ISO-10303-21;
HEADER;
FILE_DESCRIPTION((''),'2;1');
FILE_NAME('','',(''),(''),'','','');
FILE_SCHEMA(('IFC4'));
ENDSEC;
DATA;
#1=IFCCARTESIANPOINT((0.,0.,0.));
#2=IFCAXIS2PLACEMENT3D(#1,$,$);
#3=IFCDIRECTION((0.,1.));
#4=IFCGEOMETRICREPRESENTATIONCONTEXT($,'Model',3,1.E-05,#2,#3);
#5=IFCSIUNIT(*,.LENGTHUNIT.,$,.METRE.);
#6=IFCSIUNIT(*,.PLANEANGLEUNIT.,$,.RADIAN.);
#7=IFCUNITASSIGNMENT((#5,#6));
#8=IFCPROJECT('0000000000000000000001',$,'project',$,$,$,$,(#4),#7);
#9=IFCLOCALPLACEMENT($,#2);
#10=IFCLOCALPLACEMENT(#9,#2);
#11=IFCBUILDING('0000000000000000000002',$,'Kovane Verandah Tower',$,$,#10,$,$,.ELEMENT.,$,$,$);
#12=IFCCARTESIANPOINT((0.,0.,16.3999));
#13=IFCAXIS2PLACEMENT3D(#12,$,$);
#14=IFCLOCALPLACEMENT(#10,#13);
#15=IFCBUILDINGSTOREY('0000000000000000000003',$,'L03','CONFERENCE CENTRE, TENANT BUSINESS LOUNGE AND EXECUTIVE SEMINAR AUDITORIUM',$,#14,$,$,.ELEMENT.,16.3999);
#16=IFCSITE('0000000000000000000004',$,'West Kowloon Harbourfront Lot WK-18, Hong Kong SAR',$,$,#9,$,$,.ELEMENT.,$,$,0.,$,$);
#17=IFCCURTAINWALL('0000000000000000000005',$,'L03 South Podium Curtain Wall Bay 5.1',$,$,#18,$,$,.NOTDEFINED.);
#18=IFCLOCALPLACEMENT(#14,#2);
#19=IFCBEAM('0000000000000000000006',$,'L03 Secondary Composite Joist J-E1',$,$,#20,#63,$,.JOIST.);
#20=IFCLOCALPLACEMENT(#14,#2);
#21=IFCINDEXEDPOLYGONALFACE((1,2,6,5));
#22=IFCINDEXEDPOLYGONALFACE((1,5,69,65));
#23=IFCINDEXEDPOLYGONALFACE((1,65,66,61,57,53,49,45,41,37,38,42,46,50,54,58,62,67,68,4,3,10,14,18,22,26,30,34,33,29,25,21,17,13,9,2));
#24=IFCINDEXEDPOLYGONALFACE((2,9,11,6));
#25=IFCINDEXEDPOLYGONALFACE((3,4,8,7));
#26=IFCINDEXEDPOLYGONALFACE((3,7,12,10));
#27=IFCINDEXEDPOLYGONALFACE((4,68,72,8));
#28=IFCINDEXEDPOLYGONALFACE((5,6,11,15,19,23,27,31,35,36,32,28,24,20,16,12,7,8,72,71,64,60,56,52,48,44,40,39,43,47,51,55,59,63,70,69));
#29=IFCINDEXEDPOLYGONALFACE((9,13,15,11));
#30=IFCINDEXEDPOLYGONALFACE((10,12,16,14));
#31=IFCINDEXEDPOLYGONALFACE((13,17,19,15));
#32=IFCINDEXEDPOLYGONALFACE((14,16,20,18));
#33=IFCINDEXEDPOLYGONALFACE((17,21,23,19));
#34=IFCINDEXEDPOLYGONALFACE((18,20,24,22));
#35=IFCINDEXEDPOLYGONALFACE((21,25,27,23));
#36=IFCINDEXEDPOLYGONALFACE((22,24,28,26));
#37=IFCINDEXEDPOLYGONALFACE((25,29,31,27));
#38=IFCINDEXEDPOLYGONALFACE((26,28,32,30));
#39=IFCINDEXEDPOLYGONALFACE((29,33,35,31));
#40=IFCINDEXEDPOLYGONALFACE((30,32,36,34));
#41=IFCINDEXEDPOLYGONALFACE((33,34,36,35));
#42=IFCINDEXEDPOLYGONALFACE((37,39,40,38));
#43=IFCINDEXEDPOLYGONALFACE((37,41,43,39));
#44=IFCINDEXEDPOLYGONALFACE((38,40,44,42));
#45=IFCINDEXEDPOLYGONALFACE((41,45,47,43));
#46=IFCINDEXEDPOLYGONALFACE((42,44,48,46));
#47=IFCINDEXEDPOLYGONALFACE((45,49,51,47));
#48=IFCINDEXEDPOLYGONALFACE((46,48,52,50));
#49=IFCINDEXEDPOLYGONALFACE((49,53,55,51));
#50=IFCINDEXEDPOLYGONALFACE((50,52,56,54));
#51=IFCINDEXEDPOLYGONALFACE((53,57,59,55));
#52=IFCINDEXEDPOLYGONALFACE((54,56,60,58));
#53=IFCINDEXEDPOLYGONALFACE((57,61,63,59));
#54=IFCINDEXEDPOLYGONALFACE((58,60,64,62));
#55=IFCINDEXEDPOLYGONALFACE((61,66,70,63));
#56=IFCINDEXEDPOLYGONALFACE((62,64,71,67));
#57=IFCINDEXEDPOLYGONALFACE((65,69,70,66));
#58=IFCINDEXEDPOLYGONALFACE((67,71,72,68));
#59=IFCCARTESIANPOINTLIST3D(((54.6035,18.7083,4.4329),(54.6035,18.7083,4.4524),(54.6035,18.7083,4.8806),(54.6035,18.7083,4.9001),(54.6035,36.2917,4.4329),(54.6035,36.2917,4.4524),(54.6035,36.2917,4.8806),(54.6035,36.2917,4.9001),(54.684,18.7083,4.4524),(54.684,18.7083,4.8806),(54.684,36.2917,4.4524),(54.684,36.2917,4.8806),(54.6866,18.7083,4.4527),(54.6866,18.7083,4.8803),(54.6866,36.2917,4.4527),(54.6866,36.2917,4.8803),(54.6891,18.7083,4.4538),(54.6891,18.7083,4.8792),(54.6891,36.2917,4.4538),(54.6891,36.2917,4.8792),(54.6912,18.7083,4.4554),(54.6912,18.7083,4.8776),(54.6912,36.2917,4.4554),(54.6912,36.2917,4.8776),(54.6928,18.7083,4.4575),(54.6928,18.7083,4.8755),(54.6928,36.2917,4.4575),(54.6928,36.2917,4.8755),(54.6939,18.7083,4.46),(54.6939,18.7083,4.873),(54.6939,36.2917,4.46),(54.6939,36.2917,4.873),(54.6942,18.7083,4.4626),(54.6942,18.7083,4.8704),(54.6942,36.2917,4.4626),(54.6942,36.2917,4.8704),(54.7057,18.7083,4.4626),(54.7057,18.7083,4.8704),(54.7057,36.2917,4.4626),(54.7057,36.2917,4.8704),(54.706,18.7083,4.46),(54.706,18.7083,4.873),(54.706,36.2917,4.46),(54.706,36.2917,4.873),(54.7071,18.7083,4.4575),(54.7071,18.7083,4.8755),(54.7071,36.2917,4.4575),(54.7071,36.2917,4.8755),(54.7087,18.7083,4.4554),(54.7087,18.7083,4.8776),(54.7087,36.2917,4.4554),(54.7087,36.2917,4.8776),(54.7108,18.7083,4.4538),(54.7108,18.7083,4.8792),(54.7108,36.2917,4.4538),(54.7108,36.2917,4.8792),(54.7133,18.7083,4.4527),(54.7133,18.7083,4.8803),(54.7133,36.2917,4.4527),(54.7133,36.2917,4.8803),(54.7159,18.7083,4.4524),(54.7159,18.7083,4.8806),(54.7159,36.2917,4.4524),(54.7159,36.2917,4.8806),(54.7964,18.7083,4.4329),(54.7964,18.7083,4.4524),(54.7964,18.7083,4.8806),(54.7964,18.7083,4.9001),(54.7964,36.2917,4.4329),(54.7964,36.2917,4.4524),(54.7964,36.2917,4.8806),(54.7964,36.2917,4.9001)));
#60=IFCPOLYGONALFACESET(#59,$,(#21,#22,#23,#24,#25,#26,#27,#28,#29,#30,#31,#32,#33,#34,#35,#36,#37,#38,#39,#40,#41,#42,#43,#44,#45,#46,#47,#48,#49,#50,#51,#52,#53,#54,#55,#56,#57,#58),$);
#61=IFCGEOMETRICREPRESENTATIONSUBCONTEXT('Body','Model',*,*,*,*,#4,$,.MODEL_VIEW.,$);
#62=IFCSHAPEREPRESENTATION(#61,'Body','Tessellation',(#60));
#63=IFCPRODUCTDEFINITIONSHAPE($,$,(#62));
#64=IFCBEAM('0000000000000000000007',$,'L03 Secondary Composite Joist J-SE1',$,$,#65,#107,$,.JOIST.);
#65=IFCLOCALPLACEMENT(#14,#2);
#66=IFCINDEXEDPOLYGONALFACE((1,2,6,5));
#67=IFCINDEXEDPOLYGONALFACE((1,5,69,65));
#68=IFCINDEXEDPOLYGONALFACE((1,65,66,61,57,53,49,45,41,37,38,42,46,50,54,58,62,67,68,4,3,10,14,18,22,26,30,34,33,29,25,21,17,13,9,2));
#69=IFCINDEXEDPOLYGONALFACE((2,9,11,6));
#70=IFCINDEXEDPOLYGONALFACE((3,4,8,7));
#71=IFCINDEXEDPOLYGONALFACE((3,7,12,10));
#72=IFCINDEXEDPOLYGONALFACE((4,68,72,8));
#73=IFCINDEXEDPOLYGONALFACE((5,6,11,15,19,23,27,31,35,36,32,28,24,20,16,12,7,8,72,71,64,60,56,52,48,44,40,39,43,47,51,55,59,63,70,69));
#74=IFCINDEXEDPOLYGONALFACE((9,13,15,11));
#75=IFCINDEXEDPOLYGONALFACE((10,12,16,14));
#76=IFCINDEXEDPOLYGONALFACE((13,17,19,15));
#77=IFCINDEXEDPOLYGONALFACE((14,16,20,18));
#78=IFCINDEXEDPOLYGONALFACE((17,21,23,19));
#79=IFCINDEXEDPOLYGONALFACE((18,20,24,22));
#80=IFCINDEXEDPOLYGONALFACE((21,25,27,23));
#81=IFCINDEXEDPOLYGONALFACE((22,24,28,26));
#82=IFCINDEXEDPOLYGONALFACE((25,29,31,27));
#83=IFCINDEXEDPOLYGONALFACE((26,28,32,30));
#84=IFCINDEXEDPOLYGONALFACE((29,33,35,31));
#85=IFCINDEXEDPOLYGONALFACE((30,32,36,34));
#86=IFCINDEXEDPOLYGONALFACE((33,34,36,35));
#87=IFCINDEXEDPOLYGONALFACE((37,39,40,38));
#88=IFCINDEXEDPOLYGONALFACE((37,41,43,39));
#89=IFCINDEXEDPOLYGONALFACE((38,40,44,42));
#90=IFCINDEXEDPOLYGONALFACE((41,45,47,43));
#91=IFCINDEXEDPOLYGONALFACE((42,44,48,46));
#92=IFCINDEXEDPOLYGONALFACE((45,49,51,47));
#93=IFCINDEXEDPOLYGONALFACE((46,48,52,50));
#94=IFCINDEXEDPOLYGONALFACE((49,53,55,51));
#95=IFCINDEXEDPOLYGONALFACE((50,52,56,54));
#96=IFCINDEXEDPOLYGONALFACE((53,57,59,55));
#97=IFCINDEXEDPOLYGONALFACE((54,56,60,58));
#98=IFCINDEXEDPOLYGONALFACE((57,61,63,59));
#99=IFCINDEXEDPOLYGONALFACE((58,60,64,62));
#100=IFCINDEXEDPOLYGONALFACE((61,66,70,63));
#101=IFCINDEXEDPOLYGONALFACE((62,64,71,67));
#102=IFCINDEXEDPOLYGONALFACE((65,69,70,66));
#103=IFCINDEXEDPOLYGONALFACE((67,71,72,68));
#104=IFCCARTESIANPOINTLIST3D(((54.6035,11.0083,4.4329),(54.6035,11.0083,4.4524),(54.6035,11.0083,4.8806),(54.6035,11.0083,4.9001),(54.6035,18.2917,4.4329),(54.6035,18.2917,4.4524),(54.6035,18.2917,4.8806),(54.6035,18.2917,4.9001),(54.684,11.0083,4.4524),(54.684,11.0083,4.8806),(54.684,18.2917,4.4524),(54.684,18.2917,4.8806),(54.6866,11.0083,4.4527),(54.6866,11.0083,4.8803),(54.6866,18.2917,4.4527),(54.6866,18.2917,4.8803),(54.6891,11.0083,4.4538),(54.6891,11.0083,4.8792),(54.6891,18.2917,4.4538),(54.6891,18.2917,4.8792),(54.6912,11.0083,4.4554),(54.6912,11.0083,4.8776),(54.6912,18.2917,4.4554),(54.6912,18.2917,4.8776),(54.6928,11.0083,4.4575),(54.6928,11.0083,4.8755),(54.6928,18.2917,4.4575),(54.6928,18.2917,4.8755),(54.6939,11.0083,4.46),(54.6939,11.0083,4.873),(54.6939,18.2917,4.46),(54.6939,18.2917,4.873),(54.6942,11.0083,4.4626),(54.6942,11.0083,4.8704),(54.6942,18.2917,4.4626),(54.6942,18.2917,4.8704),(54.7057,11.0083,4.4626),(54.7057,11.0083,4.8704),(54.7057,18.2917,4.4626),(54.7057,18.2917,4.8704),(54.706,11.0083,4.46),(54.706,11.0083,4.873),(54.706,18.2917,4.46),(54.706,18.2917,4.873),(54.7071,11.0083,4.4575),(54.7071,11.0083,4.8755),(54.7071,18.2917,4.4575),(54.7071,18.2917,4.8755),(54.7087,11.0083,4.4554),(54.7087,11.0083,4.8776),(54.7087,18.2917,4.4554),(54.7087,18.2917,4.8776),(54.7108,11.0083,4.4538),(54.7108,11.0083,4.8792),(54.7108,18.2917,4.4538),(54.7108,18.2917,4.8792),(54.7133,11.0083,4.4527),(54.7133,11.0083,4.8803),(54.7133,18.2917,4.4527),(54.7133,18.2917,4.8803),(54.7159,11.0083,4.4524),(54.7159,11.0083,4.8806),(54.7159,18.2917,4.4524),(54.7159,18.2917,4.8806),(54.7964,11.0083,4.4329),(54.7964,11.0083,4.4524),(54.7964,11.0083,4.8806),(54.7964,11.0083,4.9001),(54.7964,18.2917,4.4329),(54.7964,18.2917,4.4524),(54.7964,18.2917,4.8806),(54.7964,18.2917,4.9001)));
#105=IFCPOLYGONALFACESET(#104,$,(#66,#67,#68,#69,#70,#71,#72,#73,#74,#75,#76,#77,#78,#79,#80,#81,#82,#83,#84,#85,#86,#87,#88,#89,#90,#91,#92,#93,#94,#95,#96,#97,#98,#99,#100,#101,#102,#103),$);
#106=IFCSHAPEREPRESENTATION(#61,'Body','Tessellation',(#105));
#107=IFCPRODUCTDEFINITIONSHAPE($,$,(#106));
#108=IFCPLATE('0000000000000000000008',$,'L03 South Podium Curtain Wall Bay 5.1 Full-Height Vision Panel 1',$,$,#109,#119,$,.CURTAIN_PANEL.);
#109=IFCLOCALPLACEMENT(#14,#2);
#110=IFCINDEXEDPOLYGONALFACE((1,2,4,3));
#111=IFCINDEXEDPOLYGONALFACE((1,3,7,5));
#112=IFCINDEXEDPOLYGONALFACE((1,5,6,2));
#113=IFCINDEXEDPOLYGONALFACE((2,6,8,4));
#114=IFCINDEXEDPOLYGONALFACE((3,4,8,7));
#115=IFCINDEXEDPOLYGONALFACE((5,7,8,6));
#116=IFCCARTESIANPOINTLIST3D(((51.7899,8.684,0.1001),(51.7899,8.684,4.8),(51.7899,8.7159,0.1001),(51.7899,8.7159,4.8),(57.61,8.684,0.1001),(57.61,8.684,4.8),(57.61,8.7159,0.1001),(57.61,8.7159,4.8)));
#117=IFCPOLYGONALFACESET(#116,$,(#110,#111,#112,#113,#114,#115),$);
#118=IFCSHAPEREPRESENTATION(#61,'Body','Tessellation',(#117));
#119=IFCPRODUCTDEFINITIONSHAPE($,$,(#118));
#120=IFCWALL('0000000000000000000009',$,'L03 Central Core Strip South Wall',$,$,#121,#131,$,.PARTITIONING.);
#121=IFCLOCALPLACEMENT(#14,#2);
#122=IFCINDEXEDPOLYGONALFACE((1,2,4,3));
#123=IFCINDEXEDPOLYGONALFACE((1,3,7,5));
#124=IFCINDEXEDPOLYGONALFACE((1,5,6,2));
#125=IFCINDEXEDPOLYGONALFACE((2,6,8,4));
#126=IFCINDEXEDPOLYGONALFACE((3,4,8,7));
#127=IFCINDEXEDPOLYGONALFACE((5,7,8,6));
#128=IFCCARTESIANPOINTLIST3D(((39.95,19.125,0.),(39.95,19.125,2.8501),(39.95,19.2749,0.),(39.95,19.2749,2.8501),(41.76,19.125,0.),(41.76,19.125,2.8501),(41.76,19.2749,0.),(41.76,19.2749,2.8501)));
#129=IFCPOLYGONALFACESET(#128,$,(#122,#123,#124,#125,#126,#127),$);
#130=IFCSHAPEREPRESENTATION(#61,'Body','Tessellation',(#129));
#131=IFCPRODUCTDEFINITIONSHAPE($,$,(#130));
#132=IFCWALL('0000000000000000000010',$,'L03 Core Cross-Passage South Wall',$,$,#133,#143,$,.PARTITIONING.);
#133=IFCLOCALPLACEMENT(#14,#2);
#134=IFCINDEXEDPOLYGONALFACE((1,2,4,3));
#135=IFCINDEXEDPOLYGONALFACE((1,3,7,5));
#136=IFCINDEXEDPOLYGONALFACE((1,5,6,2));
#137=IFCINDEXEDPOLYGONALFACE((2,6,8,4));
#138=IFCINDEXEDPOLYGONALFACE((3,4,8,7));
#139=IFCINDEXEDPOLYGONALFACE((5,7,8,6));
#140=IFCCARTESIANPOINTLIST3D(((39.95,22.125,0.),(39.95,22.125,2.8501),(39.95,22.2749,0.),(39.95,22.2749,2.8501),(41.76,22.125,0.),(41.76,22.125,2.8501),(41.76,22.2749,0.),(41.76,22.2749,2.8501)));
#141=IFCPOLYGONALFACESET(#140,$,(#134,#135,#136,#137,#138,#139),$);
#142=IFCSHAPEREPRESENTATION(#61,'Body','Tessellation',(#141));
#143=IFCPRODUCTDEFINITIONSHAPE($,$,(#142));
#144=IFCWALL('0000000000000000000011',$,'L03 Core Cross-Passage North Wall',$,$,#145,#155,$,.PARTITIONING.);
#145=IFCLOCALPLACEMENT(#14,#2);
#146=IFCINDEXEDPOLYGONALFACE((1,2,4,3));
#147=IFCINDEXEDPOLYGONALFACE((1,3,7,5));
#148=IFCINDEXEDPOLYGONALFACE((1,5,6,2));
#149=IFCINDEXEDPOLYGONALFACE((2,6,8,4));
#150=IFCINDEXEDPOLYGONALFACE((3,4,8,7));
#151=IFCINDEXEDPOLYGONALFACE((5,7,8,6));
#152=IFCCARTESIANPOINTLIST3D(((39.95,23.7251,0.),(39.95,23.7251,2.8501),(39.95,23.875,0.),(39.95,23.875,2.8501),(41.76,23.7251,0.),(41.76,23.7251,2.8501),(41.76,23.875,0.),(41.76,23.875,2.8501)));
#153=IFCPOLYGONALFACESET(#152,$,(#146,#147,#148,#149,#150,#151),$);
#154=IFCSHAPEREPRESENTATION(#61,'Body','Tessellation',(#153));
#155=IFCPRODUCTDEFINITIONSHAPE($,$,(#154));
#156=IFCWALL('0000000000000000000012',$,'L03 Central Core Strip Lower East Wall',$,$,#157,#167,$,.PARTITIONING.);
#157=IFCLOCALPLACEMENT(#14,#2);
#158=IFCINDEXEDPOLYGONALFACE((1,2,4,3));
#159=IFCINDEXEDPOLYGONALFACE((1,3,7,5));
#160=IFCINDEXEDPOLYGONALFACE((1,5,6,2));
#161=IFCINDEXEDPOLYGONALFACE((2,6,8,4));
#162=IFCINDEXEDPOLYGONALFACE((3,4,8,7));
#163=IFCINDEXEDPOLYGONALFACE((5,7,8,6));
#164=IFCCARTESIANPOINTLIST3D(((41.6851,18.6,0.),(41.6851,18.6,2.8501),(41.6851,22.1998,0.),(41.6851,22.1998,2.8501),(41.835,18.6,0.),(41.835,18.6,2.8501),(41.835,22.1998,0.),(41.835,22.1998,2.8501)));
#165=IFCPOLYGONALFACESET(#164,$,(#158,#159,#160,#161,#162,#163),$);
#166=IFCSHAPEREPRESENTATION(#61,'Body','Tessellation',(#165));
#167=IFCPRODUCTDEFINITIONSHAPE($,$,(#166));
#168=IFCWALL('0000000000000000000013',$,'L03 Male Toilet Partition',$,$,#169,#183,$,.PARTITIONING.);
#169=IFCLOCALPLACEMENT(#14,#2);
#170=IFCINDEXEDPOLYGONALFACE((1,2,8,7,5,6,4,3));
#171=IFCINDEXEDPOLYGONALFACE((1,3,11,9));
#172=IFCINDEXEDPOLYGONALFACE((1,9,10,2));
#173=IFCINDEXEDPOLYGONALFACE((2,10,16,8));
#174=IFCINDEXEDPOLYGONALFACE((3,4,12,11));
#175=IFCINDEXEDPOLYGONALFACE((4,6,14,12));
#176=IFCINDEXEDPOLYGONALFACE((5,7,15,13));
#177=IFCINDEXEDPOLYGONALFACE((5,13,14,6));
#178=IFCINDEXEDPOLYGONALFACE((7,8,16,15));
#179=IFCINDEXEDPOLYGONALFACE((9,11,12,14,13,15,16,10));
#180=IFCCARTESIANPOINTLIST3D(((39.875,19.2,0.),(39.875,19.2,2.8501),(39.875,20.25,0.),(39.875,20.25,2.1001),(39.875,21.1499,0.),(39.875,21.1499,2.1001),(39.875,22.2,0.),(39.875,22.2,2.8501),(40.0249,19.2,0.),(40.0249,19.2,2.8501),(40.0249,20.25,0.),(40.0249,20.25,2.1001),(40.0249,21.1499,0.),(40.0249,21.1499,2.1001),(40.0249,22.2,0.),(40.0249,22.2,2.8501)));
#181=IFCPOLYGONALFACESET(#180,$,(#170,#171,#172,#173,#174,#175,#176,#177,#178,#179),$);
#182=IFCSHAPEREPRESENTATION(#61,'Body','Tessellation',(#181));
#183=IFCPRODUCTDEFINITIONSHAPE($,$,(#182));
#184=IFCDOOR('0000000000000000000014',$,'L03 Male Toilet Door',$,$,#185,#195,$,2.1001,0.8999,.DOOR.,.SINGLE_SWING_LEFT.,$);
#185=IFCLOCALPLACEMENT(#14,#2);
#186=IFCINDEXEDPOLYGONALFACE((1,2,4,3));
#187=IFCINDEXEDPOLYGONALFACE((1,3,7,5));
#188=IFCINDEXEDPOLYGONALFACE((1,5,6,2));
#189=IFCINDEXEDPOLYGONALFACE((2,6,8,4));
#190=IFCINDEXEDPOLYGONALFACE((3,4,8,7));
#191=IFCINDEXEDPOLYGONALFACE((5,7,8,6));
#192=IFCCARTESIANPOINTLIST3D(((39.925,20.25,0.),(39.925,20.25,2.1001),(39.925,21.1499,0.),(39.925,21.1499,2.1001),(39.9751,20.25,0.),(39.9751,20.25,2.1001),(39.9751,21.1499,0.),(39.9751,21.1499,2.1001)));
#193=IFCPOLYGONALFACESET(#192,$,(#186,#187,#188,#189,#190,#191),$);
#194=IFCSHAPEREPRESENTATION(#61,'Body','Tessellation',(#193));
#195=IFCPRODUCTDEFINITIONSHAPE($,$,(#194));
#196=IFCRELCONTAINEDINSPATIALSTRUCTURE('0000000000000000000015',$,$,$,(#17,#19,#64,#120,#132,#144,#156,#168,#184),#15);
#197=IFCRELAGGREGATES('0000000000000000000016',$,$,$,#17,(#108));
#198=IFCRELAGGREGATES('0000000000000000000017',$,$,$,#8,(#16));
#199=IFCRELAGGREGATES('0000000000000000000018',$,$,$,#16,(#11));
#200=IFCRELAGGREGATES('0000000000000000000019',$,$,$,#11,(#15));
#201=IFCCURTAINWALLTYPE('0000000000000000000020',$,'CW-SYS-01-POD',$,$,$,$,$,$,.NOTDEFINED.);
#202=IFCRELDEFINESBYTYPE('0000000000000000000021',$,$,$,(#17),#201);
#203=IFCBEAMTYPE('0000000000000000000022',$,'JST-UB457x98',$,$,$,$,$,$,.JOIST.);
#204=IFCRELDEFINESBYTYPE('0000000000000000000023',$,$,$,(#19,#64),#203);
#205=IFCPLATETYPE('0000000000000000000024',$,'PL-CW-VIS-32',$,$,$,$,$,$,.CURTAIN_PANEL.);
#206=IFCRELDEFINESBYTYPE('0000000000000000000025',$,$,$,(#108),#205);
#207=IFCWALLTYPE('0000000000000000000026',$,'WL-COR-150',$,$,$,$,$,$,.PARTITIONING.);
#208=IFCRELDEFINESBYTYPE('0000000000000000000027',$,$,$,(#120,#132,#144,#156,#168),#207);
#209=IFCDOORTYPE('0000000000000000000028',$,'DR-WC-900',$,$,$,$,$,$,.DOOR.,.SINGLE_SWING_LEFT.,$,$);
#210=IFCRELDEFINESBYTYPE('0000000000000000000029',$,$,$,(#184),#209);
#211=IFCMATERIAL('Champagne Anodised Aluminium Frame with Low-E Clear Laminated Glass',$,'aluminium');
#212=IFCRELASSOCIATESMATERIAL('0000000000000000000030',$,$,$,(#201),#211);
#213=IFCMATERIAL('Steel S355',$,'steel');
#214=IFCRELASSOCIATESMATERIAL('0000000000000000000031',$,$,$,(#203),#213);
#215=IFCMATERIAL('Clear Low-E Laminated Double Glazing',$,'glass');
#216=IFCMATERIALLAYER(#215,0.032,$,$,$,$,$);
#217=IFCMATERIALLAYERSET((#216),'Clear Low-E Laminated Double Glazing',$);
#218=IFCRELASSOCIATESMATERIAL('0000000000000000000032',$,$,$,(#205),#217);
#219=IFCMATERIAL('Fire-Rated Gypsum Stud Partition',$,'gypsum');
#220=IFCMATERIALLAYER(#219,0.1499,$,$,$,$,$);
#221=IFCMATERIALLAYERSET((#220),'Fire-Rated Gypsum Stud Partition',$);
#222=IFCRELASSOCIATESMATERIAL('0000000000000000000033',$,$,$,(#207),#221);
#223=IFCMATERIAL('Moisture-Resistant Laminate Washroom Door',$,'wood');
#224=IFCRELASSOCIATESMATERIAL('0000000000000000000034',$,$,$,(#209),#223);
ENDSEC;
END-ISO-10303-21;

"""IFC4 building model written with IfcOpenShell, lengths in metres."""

from ifc_helpers import new_model, si_unit, direction, frame, frame_2d, origin, origin_2d, place, context, subcontext, project, spatial, rectangle, i_section, extrude, material, layer, layer_set, material_profile, profile_set, type_object, element, fill, aggregate, save


model = new_model("IFC4")

# Units and contexts
model_context = context("Model", 3, precision=1e-05, world=origin(), true_north=direction((0.0, 1.0)))
body_context = subcontext(model_context, "Body", "Model", "MODEL_VIEW")
ifc_project = project(units=[si_unit("LENGTHUNIT", "METRE"), si_unit("PLANEANGLEUNIT", "RADIAN")], contexts=[model_context])

# Site, building, storey
site_placement = place(None, origin())
site = spatial("IfcSite", under=ifc_project, at=site_placement, Name="West Kowloon Harbourfront Lot WK-18, Hong Kong SAR", CompositionType="ELEMENT", RefElevation=0.0)
building_placement = place(site_placement, origin())
building = spatial("IfcBuilding", under=site, at=building_placement, Name="Kovane Verandah Tower", CompositionType="ELEMENT")
storey_placement = place(building_placement, frame((0.0, 0.0, 16.3999)))
storey = spatial("IfcBuildingStorey", under=building, at=storey_placement, Name="L03", Description="CONFERENCE CENTRE, TENANT BUSINESS LOUNGE AND EXECUTIVE SEMINAR AUDITORIUM", CompositionType="ELEMENT", Elevation=16.3999)

# Curtain wall
ifc_material_1 = material(Name="Champagne Anodised Aluminium Frame with Low-E Clear Laminated Glass", Category="aluminium")
curtain_wall_type = type_object("IfcCurtainWallType", Name="CW-SYS-01-POD", PredefinedType="NOTDEFINED", material=ifc_material_1)
curtain_wall_placement = place(storey_placement, origin())
curtain_wall = element("IfcCurtainWall", 1, at=curtain_wall_placement, inside=storey, type_object=curtain_wall_type, Name="L03 South Podium Curtain Wall Bay 5.1", PredefinedType="NOTDEFINED")

# Beams
ifc_material_2 = material(Name="Steel S355", Category="steel")
ifc_material_profile_1 = material_profile(ifc_material_2, i_section(OverallWidth=0.1929, OverallDepth=0.4673, WebThickness=0.0115, FlangeThickness=0.0195, FilletRadius=0.0103, at=origin_2d()), Name="UB457x191x98")
ifc_profile_set_1 = profile_set([ifc_material_profile_1], Name="Steel S355")
beam_type_1 = type_object("IfcBeamType", Name="JST-UB457x98", PredefinedType="JOIST", material=ifc_profile_set_1)
beam_1_placement = place(storey_placement, frame((54.7, 18.7083, 4.6665), z_axis=(0.0, 1.0, 0.0), x_axis=(-1.0, 0.0, 0.0)))
element("IfcBeam", 2, at=beam_1_placement, inside=storey, type_object=beam_type_1, Name="L03 Secondary Composite Joist J-E1", PredefinedType="JOIST", context=body_context, shape_type="SweptSolid", body=[
    extrude(i_section(OverallWidth=0.1929, OverallDepth=0.4673, WebThickness=0.0115, FlangeThickness=0.0195, FilletRadius=0.0103, at=origin_2d()), origin(), (0.0, 0.0, 1.0), 17.5835),
])
beam_2_placement = place(storey_placement, frame((54.7, 11.0083, 4.6665), z_axis=(0.0, 1.0, 0.0), x_axis=(-1.0, 0.0, 0.0)))
element("IfcBeam", 3, at=beam_2_placement, inside=storey, type_object=beam_type_1, Name="L03 Secondary Composite Joist J-SE1", PredefinedType="JOIST", context=body_context, shape_type="SweptSolid", body=[
    extrude(i_section(OverallWidth=0.1929, OverallDepth=0.4673, WebThickness=0.0115, FlangeThickness=0.0195, FilletRadius=0.0103, at=origin_2d()), origin(), (0.0, 0.0, 1.0), 7.2834),
])

# Plate
ifc_material_3 = material(Name="Clear Low-E Laminated Double Glazing", Category="glass")
ifc_layer_1 = layer(ifc_material_3, 0.032)
ifc_layer_set_1 = layer_set([ifc_layer_1], Name="Clear Low-E Laminated Double Glazing")
plate_type = type_object("IfcPlateType", Name="PL-CW-VIS-32", PredefinedType="CURTAIN_PANEL", material=ifc_layer_set_1)
plate_placement = place(storey_placement, frame((54.7, 8.7, 0.1001), z_axis=(0.0, 0.0, 1.0), x_axis=(1.0, 0.0, 0.0)))
plate = element("IfcPlate", 4, at=plate_placement, type_object=plate_type, Name="L03 South Podium Curtain Wall Bay 5.1 Full-Height Vision Panel 1", PredefinedType="CURTAIN_PANEL", context=body_context, shape_type="SweptSolid", body=[
    extrude(rectangle(XDim=5.8201, YDim=0.032, at=origin_2d()), origin(), (0.0, 0.0, 1.0), 4.7),
])
aggregate(curtain_wall, [plate])

# Walls
ifc_material_4 = material(Name="Fire-Rated Gypsum Stud Partition", Category="gypsum")
ifc_layer_2 = layer(ifc_material_4, 0.1499)
ifc_layer_set_2 = layer_set([ifc_layer_2], Name="Fire-Rated Gypsum Stud Partition")
wall_type_1 = type_object("IfcWallType", Name="WL-COR-150", PredefinedType="PARTITIONING", material=ifc_layer_set_2)
for number, where, z_axis, x_axis, name in (
    (5, (39.95, 19.2, 0.0), (0.0, 0.0, 1.0), (1.0, 0.0, 0.0), "L03 Central Core Strip South Wall"),
    (6, (39.95, 22.2, 0.0), (0.0, 0.0, 1.0), (1.0, 0.0, 0.0), "L03 Core Cross-Passage South Wall"),
    (7, (39.95, 23.8, 0.0), (0.0, 0.0, 1.0), (1.0, 0.0, 0.0), "L03 Core Cross-Passage North Wall"),
):
    element("IfcWall", number, at=place(storey_placement, frame(where, z_axis=z_axis, x_axis=x_axis)), inside=storey, type_object=wall_type_1, Name=name, PredefinedType="PARTITIONING", context=body_context, shape_type="SweptSolid", body=[
        extrude(rectangle(XDim=1.8101, YDim=0.1499, at=frame_2d((0.905, 0.0))), origin(), (0.0, 0.0, 1.0), 2.8501),
    ])
wall_1_placement = place(storey_placement, frame((41.76, 18.6001, 0.0), z_axis=(0.0, 0.0, 1.0), x_axis=(0.0, 1.0, 0.0)))
element("IfcWall", 8, at=wall_1_placement, inside=storey, type_object=wall_type_1, Name="L03 Central Core Strip Lower East Wall", PredefinedType="PARTITIONING", context=body_context, shape_type="SweptSolid", body=[
    extrude(rectangle(XDim=3.5999, YDim=0.1499, at=frame_2d((1.7998, 0.0))), origin(), (0.0, 0.0, 1.0), 2.8501),
])

# Wall, opening, door
wall_2_placement = place(storey_placement, frame((39.95, 19.2, 0.0), z_axis=(0.0, 0.0, 1.0), x_axis=(0.0, 1.0, 0.0)))
wall_2 = element("IfcWall", 9, at=wall_2_placement, inside=storey, type_object=wall_type_1, Name="L03 Male Toilet Partition", PredefinedType="PARTITIONING", context=body_context, shape_type="SweptSolid", body=[
    extrude(rectangle(XDim=3.0, YDim=0.1499, at=frame_2d((1.5, 0.0))), origin(), (0.0, 0.0, 1.0), 2.8501),
])
opening_1_placement = place(wall_2_placement, frame((1.05, 0.0, 0.0)))
opening_1 = element("IfcOpeningElement", 10, at=opening_1_placement, cuts=wall_2, PredefinedType="OPENING", context=body_context, shape_type="SweptSolid", body=[
    extrude(rectangle(XDim=0.8999, YDim=2.1001, at=frame_2d((0.45, 1.05))), frame((0.0, 0.075, 0.0), z_axis=(0.0, -1.0, 0.0), x_axis=(1.0, 0.0, 0.0)), (0.0, 0.0, 1.0), 0.1499),
])
ifc_material_5 = material(Name="Moisture-Resistant Laminate Washroom Door", Category="wood")
door_type_1 = type_object("IfcDoorType", Name="DR-WC-900", OperationType="SINGLE_SWING_LEFT", PredefinedType="DOOR", material=ifc_material_5)
door_1_placement = place(opening_1_placement, origin())
door_1 = element("IfcDoor", 11, at=door_1_placement, inside=storey, type_object=door_type_1, Name="L03 Male Toilet Door", OperationType="SINGLE_SWING_LEFT", OverallHeight=2.1001, OverallWidth=0.8999, PredefinedType="DOOR", context=body_context, shape_type="SweptSolid", body=[
    extrude(rectangle(XDim=0.8999, YDim=2.1001, at=frame_2d((0.45, 1.05))), frame((0.0, 0.0249, 0.0), z_axis=(0.0, -1.0, 0.0), x_axis=(1.0, 0.0, 0.0)), (0.0, 0.0, 1.0), 0.05),
])
fill(opening_1, door_1)

save(model, "model.ifc")
